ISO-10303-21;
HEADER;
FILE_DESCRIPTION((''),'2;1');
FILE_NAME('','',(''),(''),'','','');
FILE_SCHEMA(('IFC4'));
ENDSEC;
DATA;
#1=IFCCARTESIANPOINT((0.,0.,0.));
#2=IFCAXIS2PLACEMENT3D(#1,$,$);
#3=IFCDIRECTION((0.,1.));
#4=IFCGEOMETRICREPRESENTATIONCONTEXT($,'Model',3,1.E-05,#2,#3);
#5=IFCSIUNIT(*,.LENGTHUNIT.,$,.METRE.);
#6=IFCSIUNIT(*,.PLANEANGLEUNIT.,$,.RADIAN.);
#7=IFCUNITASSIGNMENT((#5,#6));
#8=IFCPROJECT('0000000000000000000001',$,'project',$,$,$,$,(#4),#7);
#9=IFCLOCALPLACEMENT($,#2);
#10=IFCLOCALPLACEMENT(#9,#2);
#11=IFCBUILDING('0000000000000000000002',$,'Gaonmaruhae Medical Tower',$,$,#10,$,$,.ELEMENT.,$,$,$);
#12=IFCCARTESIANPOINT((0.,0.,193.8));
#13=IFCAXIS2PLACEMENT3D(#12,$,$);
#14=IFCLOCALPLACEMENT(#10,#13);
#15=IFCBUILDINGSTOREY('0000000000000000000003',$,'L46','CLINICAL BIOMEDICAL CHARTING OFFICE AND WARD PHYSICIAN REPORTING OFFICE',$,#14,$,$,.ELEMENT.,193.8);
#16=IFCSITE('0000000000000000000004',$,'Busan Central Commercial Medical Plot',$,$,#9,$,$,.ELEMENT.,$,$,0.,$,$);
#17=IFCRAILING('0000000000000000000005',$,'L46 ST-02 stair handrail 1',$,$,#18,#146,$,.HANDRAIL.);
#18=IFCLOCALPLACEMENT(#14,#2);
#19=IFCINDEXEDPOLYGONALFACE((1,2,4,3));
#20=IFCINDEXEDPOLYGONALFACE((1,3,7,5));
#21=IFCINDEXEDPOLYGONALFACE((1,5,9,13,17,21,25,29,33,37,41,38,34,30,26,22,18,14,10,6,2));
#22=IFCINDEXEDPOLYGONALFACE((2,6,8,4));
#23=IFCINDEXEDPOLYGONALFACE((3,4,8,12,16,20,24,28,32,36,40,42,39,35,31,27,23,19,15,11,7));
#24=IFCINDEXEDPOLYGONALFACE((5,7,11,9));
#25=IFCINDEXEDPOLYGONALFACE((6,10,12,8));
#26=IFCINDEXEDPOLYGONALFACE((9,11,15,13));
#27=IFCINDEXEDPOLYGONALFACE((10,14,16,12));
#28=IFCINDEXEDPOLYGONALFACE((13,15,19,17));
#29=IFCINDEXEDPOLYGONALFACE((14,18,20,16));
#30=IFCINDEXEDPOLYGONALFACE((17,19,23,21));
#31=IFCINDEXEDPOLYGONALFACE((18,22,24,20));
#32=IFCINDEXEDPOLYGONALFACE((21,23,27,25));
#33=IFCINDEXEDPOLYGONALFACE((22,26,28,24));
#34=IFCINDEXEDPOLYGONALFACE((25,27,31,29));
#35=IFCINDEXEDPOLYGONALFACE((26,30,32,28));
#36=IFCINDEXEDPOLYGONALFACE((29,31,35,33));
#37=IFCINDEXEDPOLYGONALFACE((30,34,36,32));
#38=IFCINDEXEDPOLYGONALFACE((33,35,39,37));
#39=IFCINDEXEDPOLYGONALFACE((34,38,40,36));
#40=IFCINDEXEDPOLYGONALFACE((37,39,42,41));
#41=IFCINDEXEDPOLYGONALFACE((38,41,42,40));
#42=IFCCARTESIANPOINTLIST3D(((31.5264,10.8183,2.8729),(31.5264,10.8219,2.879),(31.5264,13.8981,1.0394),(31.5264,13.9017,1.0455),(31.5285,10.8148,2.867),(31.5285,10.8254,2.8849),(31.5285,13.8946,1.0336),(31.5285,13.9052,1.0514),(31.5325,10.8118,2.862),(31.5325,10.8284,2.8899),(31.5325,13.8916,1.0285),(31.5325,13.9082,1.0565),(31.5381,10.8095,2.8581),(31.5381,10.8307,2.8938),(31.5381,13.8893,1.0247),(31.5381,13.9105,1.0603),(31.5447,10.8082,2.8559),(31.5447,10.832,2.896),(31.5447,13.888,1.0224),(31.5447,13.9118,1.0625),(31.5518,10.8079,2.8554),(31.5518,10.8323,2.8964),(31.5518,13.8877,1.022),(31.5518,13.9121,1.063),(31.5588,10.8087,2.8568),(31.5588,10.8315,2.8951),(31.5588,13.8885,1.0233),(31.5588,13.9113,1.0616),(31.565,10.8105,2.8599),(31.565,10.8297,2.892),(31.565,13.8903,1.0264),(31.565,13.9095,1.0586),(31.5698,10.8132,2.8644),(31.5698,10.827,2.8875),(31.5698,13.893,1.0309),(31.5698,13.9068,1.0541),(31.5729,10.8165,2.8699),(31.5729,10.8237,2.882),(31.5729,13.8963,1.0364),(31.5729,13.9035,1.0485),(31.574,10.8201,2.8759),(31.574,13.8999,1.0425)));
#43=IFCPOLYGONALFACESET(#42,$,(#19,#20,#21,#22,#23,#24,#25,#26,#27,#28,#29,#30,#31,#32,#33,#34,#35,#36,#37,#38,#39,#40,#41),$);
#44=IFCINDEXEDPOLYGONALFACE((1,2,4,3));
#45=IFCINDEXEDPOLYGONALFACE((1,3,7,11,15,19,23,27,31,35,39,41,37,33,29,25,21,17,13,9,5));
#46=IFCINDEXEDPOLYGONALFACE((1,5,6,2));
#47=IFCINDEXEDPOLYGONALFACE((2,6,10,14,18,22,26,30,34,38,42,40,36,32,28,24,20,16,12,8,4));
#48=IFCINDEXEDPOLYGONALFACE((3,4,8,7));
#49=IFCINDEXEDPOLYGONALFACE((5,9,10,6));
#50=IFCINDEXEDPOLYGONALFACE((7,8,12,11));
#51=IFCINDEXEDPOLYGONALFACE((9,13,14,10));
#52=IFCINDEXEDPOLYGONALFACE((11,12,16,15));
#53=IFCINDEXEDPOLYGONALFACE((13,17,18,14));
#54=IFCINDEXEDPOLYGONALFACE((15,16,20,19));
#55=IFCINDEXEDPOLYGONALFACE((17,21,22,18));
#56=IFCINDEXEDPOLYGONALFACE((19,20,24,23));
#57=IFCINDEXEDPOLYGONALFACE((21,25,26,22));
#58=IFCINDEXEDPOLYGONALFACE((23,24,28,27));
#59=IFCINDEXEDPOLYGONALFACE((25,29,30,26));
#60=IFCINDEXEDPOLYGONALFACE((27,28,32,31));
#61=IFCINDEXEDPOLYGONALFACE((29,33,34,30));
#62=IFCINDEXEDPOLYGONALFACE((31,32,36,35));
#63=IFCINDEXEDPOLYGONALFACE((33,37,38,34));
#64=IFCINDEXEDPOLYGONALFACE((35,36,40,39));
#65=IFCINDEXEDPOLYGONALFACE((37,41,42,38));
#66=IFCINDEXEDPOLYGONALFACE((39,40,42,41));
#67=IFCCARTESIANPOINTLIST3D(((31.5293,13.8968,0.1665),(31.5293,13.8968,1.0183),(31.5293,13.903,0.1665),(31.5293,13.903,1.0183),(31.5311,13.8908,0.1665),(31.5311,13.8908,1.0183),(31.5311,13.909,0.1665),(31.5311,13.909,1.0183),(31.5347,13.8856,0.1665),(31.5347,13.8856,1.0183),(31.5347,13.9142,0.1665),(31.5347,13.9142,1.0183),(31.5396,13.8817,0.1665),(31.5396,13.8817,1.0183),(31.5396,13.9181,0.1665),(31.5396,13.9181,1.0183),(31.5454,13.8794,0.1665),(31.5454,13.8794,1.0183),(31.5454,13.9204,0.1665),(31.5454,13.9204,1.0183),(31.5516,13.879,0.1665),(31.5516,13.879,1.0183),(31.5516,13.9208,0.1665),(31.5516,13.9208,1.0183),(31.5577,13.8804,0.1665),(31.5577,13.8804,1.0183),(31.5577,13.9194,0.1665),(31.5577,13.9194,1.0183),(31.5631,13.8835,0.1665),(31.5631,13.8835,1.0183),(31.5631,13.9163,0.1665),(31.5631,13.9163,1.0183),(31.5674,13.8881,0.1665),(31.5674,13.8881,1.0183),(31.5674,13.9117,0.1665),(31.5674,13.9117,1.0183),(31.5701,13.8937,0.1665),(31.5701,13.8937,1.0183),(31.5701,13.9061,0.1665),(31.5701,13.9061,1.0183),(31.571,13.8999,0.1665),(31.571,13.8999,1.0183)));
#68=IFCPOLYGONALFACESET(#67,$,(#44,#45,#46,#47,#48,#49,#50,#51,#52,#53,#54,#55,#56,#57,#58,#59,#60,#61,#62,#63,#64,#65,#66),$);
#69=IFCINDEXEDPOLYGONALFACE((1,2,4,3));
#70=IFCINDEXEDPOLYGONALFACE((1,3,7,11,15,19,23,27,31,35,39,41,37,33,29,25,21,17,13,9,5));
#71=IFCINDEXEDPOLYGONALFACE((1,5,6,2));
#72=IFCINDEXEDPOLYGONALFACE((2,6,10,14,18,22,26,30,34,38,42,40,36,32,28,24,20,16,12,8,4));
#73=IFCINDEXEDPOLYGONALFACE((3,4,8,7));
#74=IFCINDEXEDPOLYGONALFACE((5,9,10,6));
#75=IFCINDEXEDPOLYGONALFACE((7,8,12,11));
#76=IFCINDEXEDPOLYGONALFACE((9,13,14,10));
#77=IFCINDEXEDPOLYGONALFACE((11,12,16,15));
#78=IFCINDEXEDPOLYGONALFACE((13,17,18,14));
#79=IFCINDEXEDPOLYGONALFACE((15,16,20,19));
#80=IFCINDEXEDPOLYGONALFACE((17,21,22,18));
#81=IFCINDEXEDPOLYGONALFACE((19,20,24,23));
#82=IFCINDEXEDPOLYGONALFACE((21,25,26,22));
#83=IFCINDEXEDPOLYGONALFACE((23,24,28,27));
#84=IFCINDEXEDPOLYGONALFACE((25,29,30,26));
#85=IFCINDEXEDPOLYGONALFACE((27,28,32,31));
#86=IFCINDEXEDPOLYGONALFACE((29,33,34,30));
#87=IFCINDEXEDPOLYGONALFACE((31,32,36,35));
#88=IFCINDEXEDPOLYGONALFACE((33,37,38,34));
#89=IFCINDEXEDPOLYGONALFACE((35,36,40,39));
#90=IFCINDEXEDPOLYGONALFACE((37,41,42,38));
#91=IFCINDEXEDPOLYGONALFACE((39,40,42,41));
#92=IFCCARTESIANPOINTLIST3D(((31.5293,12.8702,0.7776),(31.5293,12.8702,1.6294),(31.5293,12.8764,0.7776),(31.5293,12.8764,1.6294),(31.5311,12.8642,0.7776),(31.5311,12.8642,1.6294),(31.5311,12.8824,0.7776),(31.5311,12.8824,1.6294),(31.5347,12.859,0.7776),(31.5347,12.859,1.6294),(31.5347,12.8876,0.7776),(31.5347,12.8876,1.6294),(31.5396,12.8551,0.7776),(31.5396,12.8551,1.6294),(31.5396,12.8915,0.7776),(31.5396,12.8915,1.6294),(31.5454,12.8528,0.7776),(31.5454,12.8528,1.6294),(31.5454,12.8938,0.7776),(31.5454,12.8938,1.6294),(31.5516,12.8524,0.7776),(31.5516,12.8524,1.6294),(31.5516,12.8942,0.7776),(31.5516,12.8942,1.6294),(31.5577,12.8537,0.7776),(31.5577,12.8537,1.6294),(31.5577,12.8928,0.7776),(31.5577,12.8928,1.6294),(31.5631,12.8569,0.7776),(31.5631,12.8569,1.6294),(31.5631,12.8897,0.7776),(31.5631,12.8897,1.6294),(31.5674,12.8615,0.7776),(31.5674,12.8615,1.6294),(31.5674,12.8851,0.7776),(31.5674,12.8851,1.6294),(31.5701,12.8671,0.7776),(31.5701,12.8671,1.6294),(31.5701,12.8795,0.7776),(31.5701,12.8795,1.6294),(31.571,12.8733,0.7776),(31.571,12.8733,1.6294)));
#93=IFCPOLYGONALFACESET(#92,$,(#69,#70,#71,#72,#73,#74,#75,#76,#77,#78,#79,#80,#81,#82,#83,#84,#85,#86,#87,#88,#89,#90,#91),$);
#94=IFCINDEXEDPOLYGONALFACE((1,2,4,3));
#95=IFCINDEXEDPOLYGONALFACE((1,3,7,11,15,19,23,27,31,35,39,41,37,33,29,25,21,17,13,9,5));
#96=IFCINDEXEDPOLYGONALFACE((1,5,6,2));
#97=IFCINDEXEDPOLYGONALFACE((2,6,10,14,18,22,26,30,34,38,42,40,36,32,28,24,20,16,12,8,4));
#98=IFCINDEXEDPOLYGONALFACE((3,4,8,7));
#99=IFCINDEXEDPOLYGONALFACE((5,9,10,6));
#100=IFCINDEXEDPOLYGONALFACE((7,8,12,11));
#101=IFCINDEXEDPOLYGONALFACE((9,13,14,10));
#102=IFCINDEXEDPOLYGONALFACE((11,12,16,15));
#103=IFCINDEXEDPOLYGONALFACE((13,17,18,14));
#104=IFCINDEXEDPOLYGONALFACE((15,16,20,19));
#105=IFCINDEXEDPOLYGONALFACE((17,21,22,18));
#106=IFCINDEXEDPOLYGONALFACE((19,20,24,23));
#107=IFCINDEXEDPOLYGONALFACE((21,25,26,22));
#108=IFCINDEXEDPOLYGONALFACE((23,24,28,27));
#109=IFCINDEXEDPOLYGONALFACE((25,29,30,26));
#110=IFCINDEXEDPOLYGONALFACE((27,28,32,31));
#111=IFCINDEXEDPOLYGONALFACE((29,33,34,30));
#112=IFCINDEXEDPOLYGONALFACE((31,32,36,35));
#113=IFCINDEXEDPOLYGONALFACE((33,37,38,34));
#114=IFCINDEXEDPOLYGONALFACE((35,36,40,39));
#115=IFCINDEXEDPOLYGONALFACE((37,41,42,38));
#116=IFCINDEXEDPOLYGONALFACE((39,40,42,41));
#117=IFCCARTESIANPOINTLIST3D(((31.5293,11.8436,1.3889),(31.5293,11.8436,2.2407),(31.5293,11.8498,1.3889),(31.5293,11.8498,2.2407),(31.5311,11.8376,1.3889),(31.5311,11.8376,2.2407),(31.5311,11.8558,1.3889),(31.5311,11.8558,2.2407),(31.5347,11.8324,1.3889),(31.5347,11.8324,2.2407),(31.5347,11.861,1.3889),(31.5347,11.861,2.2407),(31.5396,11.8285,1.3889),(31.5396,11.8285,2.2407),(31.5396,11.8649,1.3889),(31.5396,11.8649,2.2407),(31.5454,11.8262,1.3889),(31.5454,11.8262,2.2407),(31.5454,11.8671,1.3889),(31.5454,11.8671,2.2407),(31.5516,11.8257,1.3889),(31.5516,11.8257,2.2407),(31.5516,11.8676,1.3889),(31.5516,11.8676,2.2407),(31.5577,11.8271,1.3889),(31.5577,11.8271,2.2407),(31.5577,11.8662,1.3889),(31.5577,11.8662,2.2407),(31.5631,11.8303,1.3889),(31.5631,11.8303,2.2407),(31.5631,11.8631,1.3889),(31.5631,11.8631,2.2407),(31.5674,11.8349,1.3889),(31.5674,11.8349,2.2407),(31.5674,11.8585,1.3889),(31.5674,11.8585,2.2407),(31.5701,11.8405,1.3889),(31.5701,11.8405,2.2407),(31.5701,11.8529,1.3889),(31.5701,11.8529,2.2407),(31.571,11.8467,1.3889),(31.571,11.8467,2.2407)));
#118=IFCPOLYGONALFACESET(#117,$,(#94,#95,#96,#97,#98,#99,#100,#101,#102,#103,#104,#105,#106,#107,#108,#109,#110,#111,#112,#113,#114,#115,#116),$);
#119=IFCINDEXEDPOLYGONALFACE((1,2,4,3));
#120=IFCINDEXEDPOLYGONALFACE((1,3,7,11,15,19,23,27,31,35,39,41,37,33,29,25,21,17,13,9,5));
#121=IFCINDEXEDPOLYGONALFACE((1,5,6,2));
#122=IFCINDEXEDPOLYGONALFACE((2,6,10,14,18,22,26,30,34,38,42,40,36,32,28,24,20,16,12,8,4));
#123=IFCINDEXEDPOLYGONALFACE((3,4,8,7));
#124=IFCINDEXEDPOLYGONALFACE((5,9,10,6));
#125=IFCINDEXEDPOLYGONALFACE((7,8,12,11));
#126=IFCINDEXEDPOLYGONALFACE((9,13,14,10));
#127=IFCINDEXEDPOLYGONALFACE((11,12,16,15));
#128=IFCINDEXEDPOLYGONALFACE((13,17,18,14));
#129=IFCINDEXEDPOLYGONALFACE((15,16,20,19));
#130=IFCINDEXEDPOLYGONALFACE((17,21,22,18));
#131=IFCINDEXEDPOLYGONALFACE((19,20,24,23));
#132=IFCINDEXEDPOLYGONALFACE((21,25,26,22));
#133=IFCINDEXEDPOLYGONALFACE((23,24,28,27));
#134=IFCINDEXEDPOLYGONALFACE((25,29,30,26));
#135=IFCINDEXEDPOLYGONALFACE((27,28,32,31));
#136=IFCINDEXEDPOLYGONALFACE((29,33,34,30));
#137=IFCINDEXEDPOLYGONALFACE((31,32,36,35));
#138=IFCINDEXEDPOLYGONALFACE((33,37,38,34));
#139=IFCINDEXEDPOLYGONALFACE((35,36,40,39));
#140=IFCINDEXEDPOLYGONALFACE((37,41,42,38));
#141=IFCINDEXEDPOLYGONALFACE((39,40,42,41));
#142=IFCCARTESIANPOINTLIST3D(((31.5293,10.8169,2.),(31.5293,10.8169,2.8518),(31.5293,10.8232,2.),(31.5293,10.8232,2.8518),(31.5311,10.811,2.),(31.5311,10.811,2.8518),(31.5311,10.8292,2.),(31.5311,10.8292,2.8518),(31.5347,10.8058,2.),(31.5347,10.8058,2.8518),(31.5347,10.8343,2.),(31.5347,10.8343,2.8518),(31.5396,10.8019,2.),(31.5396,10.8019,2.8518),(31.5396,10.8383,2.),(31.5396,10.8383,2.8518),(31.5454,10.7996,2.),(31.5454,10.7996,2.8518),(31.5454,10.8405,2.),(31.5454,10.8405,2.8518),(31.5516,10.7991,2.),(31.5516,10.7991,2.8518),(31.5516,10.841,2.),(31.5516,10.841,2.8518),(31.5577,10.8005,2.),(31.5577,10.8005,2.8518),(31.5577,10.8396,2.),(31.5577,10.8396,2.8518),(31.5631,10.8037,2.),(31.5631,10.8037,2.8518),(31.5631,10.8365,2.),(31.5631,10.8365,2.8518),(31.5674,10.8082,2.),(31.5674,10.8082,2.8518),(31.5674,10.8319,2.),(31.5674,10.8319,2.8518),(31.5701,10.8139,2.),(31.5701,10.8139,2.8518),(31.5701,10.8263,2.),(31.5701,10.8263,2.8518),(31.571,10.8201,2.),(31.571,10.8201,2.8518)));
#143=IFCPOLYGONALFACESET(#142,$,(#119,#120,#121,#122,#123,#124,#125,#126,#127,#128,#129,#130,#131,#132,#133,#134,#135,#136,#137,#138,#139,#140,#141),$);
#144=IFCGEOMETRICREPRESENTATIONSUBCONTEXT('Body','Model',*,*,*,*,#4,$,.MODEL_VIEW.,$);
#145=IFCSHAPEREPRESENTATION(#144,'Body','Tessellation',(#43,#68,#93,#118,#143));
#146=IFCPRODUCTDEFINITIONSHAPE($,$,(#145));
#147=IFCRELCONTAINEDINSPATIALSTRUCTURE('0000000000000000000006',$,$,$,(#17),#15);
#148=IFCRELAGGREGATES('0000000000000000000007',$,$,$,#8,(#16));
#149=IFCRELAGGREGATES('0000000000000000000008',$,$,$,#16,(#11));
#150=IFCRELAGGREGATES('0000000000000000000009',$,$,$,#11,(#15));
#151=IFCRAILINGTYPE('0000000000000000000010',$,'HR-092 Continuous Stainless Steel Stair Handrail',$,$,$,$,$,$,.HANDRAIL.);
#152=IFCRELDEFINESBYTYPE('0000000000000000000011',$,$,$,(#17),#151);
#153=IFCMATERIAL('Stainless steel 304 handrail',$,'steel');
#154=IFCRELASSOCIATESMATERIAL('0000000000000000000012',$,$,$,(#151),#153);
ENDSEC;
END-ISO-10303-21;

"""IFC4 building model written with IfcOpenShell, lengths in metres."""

from ifc_helpers import new_model, si_unit, direction, frame, origin, origin_2d, place, context, subcontext, project, spatial, circle, extrude, material, type_object, element, save


model = new_model("IFC4")

# Units and contexts
model_context = context("Model", 3, precision=1e-05, world=origin(), true_north=direction((0.0, 1.0)))
body_context = subcontext(model_context, "Body", "Model", "MODEL_VIEW")
ifc_project = project(units=[si_unit("LENGTHUNIT", "METRE"), si_unit("PLANEANGLEUNIT", "RADIAN")], contexts=[model_context])

# Site, building, storey
site_placement = place(None, origin())
site = spatial("IfcSite", under=ifc_project, at=site_placement, Name="Busan Central Commercial Medical Plot", CompositionType="ELEMENT", RefElevation=0.0)
building_placement = place(site_placement, origin())
building = spatial("IfcBuilding", under=site, at=building_placement, Name="Gaonmaruhae Medical Tower", CompositionType="ELEMENT")
storey_placement = place(building_placement, frame((0.0, 0.0, 193.8)))
storey = spatial("IfcBuildingStorey", under=building, at=storey_placement, Name="L46", Description="CLINICAL BIOMEDICAL CHARTING OFFICE AND WARD PHYSICIAN REPORTING OFFICE", CompositionType="ELEMENT", Elevation=193.8)

# Railing
ifc_material_1 = material(Name="Stainless steel 304 handrail", Category="steel")
railing_type_1 = type_object("IfcRailingType", Name="HR-092 Continuous Stainless Steel Stair Handrail", PredefinedType="HANDRAIL", material=ifc_material_1)
railing_1_placement = place(storey_placement, frame((31.55, 13.8999, 0.1665)))
element("IfcRailing", 1, at=railing_1_placement, inside=storey, type_object=railing_type_1, Name="L46 ST-02 stair handrail 1", PredefinedType="HANDRAIL", context=body_context, shape_type="SweptSolid", body=[
    extrude(circle(Radius=0.0239, at=origin_2d()), frame((0.0, 0.0, 0.876), z_axis=(0.0, -0.859261, 0.511538), x_axis=(1.0, 0.0, 0.0)), (0.0, 0.0, 1.0), 3.5842),
    extrude(circle(Radius=0.021, at=origin_2d()), origin(), (0.0, 0.0, 1.0), 0.8518),
    extrude(circle(Radius=0.021, at=origin_2d()), frame((0.0, -1.0266, 0.6111)), (0.0, 0.0, 1.0), 0.8518),
    extrude(circle(Radius=0.021, at=origin_2d()), frame((0.0, -2.0532, 1.2224)), (0.0, 0.0, 1.0), 0.8518),
    extrude(circle(Radius=0.021, at=origin_2d()), frame((0.0, -3.0798, 1.8335)), (0.0, 0.0, 1.0), 0.8518),
])

save(model, "model.ifc")
